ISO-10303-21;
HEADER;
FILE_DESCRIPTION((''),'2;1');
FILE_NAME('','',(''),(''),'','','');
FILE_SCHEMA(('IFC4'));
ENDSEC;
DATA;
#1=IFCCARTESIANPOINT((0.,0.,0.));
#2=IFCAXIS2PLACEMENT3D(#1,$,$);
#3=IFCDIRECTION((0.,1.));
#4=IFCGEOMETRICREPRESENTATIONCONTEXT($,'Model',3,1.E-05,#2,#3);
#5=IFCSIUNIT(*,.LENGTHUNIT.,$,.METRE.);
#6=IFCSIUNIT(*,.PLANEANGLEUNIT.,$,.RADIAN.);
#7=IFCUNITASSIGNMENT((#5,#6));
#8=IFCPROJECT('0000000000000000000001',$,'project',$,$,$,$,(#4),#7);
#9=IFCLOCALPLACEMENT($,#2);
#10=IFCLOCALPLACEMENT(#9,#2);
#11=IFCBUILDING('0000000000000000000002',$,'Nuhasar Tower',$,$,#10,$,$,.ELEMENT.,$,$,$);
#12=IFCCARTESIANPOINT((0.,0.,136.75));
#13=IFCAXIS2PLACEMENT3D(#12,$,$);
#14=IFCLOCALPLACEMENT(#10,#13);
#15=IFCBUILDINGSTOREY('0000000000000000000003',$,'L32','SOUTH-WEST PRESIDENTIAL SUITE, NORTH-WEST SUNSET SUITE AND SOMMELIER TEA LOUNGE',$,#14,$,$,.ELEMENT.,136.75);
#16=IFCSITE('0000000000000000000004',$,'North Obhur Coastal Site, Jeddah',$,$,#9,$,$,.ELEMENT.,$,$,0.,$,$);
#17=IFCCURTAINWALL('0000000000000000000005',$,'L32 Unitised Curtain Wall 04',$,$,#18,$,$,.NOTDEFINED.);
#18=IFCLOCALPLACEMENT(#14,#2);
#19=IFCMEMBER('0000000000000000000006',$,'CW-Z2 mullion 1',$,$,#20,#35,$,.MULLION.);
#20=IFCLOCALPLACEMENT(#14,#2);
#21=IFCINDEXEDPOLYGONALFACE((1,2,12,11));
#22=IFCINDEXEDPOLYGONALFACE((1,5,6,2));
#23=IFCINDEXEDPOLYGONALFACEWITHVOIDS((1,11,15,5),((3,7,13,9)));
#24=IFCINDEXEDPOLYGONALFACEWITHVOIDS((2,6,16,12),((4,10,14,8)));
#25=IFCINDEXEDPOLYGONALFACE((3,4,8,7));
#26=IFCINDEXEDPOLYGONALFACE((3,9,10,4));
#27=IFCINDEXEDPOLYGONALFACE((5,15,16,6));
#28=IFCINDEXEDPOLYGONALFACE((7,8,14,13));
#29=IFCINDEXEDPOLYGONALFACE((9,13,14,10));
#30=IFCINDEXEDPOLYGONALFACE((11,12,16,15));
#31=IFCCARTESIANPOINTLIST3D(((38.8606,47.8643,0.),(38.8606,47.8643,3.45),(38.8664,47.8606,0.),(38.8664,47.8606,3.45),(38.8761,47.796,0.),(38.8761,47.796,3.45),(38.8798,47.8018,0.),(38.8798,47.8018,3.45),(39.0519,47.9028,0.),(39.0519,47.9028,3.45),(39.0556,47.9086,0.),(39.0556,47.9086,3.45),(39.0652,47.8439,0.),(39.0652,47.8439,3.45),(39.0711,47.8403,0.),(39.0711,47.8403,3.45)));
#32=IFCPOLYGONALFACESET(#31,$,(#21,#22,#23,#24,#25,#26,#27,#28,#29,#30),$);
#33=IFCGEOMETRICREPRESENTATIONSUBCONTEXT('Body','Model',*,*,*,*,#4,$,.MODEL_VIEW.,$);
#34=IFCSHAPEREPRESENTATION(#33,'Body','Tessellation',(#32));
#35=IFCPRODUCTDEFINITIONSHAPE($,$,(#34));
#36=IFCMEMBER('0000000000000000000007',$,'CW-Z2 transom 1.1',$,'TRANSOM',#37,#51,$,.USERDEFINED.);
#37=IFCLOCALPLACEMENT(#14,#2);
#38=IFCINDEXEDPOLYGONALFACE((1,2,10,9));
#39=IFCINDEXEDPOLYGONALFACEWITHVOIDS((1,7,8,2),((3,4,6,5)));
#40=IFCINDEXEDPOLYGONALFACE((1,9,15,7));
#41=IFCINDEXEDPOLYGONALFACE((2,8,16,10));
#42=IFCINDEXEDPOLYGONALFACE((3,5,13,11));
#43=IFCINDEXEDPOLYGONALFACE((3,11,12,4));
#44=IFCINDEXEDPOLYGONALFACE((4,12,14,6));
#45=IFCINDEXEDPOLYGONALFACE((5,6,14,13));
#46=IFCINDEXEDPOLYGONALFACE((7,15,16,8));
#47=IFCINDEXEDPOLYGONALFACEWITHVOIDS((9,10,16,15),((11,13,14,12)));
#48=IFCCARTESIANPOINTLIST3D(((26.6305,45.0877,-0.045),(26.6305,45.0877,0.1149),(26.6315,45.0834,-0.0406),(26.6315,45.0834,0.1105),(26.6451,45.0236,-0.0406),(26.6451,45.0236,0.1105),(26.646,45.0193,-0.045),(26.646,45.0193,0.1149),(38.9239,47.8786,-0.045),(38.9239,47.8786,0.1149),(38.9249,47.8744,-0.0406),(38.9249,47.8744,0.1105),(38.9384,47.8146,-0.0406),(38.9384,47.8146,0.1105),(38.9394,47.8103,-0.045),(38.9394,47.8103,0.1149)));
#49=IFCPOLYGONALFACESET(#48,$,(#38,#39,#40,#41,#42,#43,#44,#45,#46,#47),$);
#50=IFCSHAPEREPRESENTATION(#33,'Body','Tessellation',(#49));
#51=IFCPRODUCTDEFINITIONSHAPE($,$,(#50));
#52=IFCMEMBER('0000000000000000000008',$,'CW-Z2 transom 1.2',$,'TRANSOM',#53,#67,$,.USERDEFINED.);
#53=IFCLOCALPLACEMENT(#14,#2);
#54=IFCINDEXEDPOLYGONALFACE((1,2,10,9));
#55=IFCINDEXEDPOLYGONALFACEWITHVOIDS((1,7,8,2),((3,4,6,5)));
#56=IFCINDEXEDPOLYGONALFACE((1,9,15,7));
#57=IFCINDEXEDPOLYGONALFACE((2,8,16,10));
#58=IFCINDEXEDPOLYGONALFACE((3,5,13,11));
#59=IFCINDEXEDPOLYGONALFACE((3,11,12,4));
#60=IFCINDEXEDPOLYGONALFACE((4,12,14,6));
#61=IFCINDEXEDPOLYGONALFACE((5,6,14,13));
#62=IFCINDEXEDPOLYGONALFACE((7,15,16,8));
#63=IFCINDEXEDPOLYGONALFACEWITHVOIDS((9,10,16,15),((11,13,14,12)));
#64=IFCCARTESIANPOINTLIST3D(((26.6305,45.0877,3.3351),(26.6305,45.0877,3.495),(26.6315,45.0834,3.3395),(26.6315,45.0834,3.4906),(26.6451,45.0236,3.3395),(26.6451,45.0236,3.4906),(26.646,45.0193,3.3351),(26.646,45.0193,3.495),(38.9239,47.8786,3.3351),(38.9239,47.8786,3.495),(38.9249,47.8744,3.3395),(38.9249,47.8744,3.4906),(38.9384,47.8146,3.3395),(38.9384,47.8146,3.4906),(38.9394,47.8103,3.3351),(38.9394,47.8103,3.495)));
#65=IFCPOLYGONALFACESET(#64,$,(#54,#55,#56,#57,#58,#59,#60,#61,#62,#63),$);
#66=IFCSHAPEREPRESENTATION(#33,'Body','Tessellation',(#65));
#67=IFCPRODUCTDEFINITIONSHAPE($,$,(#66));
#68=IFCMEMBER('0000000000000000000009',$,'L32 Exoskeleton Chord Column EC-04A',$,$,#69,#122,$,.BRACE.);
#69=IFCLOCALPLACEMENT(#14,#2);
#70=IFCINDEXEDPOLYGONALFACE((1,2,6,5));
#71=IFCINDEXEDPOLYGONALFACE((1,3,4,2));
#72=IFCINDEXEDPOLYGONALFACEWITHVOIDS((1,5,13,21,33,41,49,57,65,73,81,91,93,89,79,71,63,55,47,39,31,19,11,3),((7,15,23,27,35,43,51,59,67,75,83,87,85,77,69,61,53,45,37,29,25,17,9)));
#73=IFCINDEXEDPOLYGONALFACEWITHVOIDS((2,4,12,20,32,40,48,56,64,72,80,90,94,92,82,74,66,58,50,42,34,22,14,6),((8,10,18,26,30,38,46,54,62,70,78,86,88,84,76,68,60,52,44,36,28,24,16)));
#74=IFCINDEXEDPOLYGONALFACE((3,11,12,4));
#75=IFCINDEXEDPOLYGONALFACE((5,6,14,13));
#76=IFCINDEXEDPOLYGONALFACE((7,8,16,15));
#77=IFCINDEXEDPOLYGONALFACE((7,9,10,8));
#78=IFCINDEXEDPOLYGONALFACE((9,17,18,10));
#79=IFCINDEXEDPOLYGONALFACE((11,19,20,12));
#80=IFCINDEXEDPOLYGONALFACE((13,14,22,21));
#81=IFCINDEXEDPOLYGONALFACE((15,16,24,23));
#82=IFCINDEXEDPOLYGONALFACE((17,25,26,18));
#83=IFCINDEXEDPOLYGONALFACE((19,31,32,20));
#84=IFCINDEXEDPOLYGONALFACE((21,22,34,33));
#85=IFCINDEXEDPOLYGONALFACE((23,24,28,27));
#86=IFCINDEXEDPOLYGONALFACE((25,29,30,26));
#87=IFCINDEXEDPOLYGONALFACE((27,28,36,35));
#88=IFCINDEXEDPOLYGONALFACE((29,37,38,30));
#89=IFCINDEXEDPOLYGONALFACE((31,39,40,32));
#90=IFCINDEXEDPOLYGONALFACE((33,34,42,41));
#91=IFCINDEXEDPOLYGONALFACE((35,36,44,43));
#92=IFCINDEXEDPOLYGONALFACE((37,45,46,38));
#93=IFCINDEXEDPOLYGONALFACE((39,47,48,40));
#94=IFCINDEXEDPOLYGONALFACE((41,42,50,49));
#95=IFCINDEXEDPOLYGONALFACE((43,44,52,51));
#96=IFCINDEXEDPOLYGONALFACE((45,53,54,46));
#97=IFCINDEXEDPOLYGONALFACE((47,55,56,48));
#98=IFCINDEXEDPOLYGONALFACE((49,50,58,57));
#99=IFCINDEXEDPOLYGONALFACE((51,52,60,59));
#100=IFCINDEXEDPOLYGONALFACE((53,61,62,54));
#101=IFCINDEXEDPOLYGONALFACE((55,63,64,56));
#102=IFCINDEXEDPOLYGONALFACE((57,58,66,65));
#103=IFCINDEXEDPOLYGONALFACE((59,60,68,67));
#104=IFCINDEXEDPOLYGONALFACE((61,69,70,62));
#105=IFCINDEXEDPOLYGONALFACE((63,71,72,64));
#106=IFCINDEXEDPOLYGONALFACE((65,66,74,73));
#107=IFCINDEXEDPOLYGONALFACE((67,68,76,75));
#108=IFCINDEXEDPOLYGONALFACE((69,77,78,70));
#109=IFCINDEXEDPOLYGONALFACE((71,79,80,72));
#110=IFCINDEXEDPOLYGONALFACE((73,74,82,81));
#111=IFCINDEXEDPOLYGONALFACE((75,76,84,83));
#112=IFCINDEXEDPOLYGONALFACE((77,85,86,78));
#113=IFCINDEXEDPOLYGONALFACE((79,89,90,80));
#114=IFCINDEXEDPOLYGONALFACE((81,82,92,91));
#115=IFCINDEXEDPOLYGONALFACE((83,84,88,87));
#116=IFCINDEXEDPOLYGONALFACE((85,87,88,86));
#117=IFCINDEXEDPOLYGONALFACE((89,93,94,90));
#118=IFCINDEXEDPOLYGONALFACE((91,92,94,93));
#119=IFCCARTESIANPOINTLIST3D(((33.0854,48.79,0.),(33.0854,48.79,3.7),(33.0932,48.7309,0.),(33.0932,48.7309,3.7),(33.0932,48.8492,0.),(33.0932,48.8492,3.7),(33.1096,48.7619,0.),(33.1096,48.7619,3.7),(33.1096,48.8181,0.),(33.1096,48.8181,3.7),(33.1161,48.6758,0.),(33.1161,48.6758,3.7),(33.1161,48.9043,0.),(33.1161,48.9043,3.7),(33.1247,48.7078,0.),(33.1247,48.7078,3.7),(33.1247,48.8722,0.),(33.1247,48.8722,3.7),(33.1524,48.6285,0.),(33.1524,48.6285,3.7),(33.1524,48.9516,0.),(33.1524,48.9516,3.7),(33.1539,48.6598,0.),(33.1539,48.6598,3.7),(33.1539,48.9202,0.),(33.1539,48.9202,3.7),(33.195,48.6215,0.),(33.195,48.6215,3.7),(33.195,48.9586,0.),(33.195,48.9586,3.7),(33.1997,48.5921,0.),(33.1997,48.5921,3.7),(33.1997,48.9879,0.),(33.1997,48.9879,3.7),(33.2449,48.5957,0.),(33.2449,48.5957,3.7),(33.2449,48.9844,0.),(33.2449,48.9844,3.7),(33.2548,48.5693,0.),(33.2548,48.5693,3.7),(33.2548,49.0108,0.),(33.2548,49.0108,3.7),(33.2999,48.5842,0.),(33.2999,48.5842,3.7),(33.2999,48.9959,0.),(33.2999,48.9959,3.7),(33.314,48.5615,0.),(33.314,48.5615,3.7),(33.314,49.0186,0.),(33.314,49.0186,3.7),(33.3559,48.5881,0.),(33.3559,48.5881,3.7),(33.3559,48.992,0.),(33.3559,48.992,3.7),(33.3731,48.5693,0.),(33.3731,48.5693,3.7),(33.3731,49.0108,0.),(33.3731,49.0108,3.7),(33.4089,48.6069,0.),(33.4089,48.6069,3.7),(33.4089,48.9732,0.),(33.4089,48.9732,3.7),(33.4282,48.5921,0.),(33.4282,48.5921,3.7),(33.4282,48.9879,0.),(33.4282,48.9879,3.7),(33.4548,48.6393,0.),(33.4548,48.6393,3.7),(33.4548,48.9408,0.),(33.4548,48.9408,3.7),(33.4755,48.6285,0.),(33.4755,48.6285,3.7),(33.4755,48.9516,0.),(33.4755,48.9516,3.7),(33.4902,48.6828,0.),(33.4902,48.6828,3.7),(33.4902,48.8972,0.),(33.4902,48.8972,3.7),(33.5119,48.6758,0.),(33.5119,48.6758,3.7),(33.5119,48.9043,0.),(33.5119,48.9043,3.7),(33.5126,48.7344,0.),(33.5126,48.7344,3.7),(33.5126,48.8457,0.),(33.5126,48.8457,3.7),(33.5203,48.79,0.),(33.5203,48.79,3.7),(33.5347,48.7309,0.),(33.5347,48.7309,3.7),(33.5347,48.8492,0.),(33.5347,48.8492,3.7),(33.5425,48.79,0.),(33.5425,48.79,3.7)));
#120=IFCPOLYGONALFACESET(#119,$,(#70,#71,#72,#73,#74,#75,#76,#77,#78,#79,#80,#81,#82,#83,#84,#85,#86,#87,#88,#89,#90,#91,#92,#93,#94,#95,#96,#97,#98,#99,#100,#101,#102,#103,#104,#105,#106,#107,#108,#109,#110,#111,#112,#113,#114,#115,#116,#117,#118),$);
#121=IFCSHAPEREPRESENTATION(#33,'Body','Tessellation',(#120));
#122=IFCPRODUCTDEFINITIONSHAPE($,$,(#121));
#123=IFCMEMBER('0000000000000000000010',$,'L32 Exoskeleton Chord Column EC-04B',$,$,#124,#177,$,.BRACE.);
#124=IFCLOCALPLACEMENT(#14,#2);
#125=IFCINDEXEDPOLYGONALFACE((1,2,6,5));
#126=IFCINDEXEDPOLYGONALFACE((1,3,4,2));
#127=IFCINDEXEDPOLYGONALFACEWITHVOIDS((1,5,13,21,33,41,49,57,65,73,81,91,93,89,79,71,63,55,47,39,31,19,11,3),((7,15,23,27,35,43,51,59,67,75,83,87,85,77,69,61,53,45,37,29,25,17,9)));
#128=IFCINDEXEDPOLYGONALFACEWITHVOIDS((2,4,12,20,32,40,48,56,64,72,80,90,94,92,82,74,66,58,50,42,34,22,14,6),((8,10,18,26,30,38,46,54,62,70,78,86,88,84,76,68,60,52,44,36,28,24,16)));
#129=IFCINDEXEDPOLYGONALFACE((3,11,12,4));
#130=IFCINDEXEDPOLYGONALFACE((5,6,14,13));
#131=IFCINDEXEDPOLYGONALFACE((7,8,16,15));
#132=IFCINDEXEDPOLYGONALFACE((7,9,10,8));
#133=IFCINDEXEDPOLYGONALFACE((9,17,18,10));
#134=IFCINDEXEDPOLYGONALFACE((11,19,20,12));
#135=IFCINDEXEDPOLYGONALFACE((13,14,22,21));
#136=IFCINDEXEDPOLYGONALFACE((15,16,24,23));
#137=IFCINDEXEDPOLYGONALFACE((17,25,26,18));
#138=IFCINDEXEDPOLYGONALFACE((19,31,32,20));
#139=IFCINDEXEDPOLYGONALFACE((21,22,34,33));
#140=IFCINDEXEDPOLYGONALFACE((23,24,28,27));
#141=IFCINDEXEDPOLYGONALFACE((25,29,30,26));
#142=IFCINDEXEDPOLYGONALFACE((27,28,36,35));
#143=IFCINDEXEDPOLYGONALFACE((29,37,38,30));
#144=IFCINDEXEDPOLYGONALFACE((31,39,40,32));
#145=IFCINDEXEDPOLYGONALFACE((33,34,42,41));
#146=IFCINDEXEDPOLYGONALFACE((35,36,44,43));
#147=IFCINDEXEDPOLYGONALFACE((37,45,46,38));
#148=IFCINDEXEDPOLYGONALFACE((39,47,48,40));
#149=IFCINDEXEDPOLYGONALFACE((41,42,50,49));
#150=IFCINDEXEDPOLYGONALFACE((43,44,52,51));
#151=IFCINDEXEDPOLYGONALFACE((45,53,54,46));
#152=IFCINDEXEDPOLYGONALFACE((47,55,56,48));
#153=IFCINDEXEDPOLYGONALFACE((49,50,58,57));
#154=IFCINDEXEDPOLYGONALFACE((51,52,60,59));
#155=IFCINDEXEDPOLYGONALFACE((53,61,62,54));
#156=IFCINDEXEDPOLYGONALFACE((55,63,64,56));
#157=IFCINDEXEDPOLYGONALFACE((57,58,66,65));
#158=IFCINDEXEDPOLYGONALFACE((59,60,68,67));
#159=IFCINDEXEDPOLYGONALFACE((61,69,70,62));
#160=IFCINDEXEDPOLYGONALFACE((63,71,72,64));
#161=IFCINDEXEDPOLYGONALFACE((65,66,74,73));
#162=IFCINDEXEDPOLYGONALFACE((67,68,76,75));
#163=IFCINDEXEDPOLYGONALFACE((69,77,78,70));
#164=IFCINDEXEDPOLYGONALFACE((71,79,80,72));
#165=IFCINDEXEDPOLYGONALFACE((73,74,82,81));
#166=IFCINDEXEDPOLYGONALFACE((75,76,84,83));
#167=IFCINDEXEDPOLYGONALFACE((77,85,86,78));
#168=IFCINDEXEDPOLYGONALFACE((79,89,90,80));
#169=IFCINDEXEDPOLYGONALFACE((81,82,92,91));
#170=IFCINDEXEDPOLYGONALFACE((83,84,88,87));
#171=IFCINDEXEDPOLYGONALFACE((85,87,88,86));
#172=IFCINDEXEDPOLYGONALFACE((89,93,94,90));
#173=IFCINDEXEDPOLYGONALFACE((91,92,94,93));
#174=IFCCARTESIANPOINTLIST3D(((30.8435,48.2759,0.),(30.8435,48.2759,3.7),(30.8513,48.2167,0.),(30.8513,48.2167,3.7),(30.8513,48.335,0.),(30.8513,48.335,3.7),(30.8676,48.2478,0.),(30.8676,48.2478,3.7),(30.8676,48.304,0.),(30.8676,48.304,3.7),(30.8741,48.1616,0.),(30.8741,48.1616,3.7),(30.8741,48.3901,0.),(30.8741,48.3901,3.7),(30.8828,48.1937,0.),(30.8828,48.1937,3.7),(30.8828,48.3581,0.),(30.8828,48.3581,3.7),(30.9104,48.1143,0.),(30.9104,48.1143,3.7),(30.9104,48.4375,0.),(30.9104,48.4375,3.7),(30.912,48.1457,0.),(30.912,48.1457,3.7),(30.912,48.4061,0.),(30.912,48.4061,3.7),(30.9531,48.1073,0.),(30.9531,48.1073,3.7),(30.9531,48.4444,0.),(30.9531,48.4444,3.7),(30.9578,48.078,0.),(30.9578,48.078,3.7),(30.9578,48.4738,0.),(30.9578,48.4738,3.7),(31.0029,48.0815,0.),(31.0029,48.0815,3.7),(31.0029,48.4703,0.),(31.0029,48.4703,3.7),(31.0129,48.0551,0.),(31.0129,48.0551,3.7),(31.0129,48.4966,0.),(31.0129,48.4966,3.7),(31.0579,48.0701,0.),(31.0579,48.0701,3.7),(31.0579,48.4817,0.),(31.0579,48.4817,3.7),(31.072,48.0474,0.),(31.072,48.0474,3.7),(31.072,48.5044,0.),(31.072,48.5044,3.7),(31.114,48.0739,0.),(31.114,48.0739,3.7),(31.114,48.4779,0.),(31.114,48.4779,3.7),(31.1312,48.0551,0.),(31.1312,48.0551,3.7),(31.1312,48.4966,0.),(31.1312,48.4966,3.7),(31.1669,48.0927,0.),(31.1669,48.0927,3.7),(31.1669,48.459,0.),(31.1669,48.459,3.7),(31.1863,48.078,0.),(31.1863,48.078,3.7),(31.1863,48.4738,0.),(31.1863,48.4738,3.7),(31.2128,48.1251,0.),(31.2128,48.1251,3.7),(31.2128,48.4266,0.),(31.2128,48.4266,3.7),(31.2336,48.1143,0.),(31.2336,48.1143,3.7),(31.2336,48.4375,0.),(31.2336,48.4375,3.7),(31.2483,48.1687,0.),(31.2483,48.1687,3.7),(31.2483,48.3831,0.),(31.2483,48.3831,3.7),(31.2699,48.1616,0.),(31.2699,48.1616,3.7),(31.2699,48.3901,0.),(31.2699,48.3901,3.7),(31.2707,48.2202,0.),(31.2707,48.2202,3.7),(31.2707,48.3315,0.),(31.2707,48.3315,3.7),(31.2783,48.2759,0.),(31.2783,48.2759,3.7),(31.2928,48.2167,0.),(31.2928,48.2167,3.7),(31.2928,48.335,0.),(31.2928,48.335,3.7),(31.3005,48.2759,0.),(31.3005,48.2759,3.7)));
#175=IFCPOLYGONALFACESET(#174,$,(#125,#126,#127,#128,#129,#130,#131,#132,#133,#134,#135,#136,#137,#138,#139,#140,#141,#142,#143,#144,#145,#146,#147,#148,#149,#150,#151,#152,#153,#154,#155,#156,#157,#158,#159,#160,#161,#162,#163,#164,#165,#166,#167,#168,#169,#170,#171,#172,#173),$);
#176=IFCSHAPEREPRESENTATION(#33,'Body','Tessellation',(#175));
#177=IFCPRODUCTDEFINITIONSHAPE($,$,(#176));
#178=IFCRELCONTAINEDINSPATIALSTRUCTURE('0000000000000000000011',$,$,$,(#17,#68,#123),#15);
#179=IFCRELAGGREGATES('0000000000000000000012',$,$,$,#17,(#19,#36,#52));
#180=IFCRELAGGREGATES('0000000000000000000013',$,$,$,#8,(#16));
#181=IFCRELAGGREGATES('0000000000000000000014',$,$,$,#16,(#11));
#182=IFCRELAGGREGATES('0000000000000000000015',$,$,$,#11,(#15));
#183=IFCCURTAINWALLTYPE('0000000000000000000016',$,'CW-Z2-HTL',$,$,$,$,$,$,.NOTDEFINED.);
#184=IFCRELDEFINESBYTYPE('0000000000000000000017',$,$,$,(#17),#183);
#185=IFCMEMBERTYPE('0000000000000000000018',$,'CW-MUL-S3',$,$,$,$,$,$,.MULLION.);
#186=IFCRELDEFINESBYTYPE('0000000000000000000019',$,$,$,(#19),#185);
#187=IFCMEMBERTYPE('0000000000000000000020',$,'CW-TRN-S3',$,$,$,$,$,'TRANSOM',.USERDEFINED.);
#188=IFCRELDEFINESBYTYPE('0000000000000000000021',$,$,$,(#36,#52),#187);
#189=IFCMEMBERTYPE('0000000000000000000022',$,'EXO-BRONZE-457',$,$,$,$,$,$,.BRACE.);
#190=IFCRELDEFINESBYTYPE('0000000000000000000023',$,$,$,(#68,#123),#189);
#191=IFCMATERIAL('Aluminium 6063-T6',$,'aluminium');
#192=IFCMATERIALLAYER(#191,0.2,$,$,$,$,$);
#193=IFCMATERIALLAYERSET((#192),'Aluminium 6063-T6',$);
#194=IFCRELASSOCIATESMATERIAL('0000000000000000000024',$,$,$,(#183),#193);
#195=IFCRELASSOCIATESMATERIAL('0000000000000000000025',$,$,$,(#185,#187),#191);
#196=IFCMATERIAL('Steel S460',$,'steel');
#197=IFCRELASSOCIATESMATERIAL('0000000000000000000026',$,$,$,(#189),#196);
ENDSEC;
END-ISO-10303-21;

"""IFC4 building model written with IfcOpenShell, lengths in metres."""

from ifc_helpers import new_model, si_unit, direction, frame, origin, origin_2d, place, context, subcontext, project, spatial, hollow_rectangle, hollow_circle, extrude, material, layer, layer_set, material_profile, profile_set, type_object, element, aggregate, save


model = new_model("IFC4")

# Units and contexts
model_context = context("Model", 3, precision=1e-05, world=origin(), true_north=direction((0.0, 1.0)))
body_context = subcontext(model_context, "Body", "Model", "MODEL_VIEW")
ifc_project = project(units=[si_unit("LENGTHUNIT", "METRE"), si_unit("PLANEANGLEUNIT", "RADIAN")], contexts=[model_context])

# Site, building, storey
site_placement = place(None, origin())
site = spatial("IfcSite", under=ifc_project, at=site_placement, Name="North Obhur Coastal Site, Jeddah", CompositionType="ELEMENT", RefElevation=0.0)
building_placement = place(site_placement, origin())
building = spatial("IfcBuilding", under=site, at=building_placement, Name="Nuhasar Tower", CompositionType="ELEMENT")
storey_placement = place(building_placement, frame((0.0, 0.0, 136.75)))
storey = spatial("IfcBuildingStorey", under=building, at=storey_placement, Name="L32", Description="SOUTH-WEST PRESIDENTIAL SUITE, NORTH-WEST SUNSET SUITE AND SOMMELIER TEA LOUNGE", CompositionType="ELEMENT", Elevation=136.75)

# Curtain wall, members
ifc_material_1 = material(Name="Aluminium 6063-T6", Category="aluminium")
ifc_layer_1 = layer(ifc_material_1, 0.2)
ifc_layer_set_1 = layer_set([ifc_layer_1], Name="Aluminium 6063-T6")
curtain_wall_type = type_object("IfcCurtainWallType", Name="CW-Z2-HTL", PredefinedType="NOTDEFINED", material=ifc_layer_set_1)
curtain_wall_placement = place(storey_placement, origin())
curtain_wall = element("IfcCurtainWall", 1, at=curtain_wall_placement, inside=storey, type_object=curtain_wall_type, Name="L32 Unitised Curtain Wall 04", PredefinedType="NOTDEFINED")
ifc_material_profile_1 = material_profile(ifc_material_1, hollow_rectangle(XDim=0.0701, YDim=0.2, WallThickness=0.0049, at=origin_2d()), Name="CWM-3")
ifc_profile_set_1 = profile_set([ifc_material_profile_1], Name="Aluminium 6063-T6")
member_type_1 = type_object("IfcMemberType", Name="CW-MUL-S3", PredefinedType="MULLION", material=ifc_profile_set_1)
member_1_placement = place(storey_placement, frame((38.9658, 47.8523, 0.0), z_axis=(0.0, 0.0, 1.0), x_axis=(0.221397, -0.975184, 0.0)))
member_1 = element("IfcMember", 2, at=member_1_placement, type_object=member_type_1, Name="CW-Z2 mullion 1", PredefinedType="MULLION", context=body_context, shape_type="SweptSolid", body=[
    extrude(hollow_rectangle(XDim=0.0701, YDim=0.2, WallThickness=0.0049, at=origin_2d()), origin(), (0.0, 0.0, 1.0), 3.45),
])
ifc_material_profile_2 = material_profile(ifc_material_1, hollow_rectangle(XDim=0.0701, YDim=0.1599, WallThickness=0.0044, at=origin_2d()), Name="CWT-3")
ifc_profile_set_2 = profile_set([ifc_material_profile_2], Name="Aluminium 6063-T6")
member_type_2 = type_object("IfcMemberType", Name="CW-TRN-S3", ElementType="TRANSOM", PredefinedType="USERDEFINED", material=ifc_profile_set_2)
member_2_placement = place(storey_placement, frame((38.9316, 47.8445, 0.0349), z_axis=(-0.975183, -0.221398, 0.0), x_axis=(0.221398, -0.975183, 0.0)))
member_2 = element("IfcMember", 3, at=member_2_placement, type_object=member_type_2, Name="CW-Z2 transom 1.1", ObjectType="TRANSOM", PredefinedType="USERDEFINED", context=body_context, shape_type="SweptSolid", body=[
    extrude(hollow_rectangle(XDim=0.0701, YDim=0.1599, WallThickness=0.0044, at=origin_2d()), origin(), (0.0, 0.0, 1.0), 12.6062),
])
member_3_placement = place(storey_placement, frame((38.9316, 47.8445, 3.415), z_axis=(-0.975183, -0.221398, 0.0), x_axis=(0.221398, -0.975183, 0.0)))
member_3 = element("IfcMember", 4, at=member_3_placement, type_object=member_type_2, Name="CW-Z2 transom 1.2", ObjectType="TRANSOM", PredefinedType="USERDEFINED", context=body_context, shape_type="SweptSolid", body=[
    extrude(hollow_rectangle(XDim=0.0701, YDim=0.1599, WallThickness=0.0044, at=origin_2d()), origin(), (0.0, 0.0, 1.0), 12.6062),
])

# Members
ifc_material_2 = material(Name="Steel S460", Category="steel")
ifc_material_profile_3 = material_profile(ifc_material_2, hollow_circle(Radius=0.2285, WallThickness=0.0222, at=origin_2d()), Name="HSS457X22.2")
ifc_profile_set_3 = profile_set([ifc_material_profile_3], Name="Steel S460")
member_type_3 = type_object("IfcMemberType", Name="EXO-BRONZE-457", PredefinedType="BRACE", material=ifc_profile_set_3)
for number, where, z_axis, x_axis, name in (
    (5, (33.314, 48.79, 0.0), (0.0, 0.0, 1.0), (1.0, 0.0, 0.0), "L32 Exoskeleton Chord Column EC-04A"),
    (6, (31.072, 48.2759, 0.0), (0.0, 0.0, 1.0), (1.0, 0.0, 0.0), "L32 Exoskeleton Chord Column EC-04B"),
):
    element("IfcMember", number, at=place(storey_placement, frame(where, z_axis=z_axis, x_axis=x_axis)), inside=storey, type_object=member_type_3, Name=name, PredefinedType="BRACE", context=body_context, shape_type="SweptSolid", body=[
        extrude(hollow_circle(Radius=0.2285, WallThickness=0.0222, at=origin_2d()), origin(), (0.0, 0.0, 1.0), 3.7),
    ])

aggregate(curtain_wall, [member_1, member_2, member_3])

save(model, "model.ifc")
